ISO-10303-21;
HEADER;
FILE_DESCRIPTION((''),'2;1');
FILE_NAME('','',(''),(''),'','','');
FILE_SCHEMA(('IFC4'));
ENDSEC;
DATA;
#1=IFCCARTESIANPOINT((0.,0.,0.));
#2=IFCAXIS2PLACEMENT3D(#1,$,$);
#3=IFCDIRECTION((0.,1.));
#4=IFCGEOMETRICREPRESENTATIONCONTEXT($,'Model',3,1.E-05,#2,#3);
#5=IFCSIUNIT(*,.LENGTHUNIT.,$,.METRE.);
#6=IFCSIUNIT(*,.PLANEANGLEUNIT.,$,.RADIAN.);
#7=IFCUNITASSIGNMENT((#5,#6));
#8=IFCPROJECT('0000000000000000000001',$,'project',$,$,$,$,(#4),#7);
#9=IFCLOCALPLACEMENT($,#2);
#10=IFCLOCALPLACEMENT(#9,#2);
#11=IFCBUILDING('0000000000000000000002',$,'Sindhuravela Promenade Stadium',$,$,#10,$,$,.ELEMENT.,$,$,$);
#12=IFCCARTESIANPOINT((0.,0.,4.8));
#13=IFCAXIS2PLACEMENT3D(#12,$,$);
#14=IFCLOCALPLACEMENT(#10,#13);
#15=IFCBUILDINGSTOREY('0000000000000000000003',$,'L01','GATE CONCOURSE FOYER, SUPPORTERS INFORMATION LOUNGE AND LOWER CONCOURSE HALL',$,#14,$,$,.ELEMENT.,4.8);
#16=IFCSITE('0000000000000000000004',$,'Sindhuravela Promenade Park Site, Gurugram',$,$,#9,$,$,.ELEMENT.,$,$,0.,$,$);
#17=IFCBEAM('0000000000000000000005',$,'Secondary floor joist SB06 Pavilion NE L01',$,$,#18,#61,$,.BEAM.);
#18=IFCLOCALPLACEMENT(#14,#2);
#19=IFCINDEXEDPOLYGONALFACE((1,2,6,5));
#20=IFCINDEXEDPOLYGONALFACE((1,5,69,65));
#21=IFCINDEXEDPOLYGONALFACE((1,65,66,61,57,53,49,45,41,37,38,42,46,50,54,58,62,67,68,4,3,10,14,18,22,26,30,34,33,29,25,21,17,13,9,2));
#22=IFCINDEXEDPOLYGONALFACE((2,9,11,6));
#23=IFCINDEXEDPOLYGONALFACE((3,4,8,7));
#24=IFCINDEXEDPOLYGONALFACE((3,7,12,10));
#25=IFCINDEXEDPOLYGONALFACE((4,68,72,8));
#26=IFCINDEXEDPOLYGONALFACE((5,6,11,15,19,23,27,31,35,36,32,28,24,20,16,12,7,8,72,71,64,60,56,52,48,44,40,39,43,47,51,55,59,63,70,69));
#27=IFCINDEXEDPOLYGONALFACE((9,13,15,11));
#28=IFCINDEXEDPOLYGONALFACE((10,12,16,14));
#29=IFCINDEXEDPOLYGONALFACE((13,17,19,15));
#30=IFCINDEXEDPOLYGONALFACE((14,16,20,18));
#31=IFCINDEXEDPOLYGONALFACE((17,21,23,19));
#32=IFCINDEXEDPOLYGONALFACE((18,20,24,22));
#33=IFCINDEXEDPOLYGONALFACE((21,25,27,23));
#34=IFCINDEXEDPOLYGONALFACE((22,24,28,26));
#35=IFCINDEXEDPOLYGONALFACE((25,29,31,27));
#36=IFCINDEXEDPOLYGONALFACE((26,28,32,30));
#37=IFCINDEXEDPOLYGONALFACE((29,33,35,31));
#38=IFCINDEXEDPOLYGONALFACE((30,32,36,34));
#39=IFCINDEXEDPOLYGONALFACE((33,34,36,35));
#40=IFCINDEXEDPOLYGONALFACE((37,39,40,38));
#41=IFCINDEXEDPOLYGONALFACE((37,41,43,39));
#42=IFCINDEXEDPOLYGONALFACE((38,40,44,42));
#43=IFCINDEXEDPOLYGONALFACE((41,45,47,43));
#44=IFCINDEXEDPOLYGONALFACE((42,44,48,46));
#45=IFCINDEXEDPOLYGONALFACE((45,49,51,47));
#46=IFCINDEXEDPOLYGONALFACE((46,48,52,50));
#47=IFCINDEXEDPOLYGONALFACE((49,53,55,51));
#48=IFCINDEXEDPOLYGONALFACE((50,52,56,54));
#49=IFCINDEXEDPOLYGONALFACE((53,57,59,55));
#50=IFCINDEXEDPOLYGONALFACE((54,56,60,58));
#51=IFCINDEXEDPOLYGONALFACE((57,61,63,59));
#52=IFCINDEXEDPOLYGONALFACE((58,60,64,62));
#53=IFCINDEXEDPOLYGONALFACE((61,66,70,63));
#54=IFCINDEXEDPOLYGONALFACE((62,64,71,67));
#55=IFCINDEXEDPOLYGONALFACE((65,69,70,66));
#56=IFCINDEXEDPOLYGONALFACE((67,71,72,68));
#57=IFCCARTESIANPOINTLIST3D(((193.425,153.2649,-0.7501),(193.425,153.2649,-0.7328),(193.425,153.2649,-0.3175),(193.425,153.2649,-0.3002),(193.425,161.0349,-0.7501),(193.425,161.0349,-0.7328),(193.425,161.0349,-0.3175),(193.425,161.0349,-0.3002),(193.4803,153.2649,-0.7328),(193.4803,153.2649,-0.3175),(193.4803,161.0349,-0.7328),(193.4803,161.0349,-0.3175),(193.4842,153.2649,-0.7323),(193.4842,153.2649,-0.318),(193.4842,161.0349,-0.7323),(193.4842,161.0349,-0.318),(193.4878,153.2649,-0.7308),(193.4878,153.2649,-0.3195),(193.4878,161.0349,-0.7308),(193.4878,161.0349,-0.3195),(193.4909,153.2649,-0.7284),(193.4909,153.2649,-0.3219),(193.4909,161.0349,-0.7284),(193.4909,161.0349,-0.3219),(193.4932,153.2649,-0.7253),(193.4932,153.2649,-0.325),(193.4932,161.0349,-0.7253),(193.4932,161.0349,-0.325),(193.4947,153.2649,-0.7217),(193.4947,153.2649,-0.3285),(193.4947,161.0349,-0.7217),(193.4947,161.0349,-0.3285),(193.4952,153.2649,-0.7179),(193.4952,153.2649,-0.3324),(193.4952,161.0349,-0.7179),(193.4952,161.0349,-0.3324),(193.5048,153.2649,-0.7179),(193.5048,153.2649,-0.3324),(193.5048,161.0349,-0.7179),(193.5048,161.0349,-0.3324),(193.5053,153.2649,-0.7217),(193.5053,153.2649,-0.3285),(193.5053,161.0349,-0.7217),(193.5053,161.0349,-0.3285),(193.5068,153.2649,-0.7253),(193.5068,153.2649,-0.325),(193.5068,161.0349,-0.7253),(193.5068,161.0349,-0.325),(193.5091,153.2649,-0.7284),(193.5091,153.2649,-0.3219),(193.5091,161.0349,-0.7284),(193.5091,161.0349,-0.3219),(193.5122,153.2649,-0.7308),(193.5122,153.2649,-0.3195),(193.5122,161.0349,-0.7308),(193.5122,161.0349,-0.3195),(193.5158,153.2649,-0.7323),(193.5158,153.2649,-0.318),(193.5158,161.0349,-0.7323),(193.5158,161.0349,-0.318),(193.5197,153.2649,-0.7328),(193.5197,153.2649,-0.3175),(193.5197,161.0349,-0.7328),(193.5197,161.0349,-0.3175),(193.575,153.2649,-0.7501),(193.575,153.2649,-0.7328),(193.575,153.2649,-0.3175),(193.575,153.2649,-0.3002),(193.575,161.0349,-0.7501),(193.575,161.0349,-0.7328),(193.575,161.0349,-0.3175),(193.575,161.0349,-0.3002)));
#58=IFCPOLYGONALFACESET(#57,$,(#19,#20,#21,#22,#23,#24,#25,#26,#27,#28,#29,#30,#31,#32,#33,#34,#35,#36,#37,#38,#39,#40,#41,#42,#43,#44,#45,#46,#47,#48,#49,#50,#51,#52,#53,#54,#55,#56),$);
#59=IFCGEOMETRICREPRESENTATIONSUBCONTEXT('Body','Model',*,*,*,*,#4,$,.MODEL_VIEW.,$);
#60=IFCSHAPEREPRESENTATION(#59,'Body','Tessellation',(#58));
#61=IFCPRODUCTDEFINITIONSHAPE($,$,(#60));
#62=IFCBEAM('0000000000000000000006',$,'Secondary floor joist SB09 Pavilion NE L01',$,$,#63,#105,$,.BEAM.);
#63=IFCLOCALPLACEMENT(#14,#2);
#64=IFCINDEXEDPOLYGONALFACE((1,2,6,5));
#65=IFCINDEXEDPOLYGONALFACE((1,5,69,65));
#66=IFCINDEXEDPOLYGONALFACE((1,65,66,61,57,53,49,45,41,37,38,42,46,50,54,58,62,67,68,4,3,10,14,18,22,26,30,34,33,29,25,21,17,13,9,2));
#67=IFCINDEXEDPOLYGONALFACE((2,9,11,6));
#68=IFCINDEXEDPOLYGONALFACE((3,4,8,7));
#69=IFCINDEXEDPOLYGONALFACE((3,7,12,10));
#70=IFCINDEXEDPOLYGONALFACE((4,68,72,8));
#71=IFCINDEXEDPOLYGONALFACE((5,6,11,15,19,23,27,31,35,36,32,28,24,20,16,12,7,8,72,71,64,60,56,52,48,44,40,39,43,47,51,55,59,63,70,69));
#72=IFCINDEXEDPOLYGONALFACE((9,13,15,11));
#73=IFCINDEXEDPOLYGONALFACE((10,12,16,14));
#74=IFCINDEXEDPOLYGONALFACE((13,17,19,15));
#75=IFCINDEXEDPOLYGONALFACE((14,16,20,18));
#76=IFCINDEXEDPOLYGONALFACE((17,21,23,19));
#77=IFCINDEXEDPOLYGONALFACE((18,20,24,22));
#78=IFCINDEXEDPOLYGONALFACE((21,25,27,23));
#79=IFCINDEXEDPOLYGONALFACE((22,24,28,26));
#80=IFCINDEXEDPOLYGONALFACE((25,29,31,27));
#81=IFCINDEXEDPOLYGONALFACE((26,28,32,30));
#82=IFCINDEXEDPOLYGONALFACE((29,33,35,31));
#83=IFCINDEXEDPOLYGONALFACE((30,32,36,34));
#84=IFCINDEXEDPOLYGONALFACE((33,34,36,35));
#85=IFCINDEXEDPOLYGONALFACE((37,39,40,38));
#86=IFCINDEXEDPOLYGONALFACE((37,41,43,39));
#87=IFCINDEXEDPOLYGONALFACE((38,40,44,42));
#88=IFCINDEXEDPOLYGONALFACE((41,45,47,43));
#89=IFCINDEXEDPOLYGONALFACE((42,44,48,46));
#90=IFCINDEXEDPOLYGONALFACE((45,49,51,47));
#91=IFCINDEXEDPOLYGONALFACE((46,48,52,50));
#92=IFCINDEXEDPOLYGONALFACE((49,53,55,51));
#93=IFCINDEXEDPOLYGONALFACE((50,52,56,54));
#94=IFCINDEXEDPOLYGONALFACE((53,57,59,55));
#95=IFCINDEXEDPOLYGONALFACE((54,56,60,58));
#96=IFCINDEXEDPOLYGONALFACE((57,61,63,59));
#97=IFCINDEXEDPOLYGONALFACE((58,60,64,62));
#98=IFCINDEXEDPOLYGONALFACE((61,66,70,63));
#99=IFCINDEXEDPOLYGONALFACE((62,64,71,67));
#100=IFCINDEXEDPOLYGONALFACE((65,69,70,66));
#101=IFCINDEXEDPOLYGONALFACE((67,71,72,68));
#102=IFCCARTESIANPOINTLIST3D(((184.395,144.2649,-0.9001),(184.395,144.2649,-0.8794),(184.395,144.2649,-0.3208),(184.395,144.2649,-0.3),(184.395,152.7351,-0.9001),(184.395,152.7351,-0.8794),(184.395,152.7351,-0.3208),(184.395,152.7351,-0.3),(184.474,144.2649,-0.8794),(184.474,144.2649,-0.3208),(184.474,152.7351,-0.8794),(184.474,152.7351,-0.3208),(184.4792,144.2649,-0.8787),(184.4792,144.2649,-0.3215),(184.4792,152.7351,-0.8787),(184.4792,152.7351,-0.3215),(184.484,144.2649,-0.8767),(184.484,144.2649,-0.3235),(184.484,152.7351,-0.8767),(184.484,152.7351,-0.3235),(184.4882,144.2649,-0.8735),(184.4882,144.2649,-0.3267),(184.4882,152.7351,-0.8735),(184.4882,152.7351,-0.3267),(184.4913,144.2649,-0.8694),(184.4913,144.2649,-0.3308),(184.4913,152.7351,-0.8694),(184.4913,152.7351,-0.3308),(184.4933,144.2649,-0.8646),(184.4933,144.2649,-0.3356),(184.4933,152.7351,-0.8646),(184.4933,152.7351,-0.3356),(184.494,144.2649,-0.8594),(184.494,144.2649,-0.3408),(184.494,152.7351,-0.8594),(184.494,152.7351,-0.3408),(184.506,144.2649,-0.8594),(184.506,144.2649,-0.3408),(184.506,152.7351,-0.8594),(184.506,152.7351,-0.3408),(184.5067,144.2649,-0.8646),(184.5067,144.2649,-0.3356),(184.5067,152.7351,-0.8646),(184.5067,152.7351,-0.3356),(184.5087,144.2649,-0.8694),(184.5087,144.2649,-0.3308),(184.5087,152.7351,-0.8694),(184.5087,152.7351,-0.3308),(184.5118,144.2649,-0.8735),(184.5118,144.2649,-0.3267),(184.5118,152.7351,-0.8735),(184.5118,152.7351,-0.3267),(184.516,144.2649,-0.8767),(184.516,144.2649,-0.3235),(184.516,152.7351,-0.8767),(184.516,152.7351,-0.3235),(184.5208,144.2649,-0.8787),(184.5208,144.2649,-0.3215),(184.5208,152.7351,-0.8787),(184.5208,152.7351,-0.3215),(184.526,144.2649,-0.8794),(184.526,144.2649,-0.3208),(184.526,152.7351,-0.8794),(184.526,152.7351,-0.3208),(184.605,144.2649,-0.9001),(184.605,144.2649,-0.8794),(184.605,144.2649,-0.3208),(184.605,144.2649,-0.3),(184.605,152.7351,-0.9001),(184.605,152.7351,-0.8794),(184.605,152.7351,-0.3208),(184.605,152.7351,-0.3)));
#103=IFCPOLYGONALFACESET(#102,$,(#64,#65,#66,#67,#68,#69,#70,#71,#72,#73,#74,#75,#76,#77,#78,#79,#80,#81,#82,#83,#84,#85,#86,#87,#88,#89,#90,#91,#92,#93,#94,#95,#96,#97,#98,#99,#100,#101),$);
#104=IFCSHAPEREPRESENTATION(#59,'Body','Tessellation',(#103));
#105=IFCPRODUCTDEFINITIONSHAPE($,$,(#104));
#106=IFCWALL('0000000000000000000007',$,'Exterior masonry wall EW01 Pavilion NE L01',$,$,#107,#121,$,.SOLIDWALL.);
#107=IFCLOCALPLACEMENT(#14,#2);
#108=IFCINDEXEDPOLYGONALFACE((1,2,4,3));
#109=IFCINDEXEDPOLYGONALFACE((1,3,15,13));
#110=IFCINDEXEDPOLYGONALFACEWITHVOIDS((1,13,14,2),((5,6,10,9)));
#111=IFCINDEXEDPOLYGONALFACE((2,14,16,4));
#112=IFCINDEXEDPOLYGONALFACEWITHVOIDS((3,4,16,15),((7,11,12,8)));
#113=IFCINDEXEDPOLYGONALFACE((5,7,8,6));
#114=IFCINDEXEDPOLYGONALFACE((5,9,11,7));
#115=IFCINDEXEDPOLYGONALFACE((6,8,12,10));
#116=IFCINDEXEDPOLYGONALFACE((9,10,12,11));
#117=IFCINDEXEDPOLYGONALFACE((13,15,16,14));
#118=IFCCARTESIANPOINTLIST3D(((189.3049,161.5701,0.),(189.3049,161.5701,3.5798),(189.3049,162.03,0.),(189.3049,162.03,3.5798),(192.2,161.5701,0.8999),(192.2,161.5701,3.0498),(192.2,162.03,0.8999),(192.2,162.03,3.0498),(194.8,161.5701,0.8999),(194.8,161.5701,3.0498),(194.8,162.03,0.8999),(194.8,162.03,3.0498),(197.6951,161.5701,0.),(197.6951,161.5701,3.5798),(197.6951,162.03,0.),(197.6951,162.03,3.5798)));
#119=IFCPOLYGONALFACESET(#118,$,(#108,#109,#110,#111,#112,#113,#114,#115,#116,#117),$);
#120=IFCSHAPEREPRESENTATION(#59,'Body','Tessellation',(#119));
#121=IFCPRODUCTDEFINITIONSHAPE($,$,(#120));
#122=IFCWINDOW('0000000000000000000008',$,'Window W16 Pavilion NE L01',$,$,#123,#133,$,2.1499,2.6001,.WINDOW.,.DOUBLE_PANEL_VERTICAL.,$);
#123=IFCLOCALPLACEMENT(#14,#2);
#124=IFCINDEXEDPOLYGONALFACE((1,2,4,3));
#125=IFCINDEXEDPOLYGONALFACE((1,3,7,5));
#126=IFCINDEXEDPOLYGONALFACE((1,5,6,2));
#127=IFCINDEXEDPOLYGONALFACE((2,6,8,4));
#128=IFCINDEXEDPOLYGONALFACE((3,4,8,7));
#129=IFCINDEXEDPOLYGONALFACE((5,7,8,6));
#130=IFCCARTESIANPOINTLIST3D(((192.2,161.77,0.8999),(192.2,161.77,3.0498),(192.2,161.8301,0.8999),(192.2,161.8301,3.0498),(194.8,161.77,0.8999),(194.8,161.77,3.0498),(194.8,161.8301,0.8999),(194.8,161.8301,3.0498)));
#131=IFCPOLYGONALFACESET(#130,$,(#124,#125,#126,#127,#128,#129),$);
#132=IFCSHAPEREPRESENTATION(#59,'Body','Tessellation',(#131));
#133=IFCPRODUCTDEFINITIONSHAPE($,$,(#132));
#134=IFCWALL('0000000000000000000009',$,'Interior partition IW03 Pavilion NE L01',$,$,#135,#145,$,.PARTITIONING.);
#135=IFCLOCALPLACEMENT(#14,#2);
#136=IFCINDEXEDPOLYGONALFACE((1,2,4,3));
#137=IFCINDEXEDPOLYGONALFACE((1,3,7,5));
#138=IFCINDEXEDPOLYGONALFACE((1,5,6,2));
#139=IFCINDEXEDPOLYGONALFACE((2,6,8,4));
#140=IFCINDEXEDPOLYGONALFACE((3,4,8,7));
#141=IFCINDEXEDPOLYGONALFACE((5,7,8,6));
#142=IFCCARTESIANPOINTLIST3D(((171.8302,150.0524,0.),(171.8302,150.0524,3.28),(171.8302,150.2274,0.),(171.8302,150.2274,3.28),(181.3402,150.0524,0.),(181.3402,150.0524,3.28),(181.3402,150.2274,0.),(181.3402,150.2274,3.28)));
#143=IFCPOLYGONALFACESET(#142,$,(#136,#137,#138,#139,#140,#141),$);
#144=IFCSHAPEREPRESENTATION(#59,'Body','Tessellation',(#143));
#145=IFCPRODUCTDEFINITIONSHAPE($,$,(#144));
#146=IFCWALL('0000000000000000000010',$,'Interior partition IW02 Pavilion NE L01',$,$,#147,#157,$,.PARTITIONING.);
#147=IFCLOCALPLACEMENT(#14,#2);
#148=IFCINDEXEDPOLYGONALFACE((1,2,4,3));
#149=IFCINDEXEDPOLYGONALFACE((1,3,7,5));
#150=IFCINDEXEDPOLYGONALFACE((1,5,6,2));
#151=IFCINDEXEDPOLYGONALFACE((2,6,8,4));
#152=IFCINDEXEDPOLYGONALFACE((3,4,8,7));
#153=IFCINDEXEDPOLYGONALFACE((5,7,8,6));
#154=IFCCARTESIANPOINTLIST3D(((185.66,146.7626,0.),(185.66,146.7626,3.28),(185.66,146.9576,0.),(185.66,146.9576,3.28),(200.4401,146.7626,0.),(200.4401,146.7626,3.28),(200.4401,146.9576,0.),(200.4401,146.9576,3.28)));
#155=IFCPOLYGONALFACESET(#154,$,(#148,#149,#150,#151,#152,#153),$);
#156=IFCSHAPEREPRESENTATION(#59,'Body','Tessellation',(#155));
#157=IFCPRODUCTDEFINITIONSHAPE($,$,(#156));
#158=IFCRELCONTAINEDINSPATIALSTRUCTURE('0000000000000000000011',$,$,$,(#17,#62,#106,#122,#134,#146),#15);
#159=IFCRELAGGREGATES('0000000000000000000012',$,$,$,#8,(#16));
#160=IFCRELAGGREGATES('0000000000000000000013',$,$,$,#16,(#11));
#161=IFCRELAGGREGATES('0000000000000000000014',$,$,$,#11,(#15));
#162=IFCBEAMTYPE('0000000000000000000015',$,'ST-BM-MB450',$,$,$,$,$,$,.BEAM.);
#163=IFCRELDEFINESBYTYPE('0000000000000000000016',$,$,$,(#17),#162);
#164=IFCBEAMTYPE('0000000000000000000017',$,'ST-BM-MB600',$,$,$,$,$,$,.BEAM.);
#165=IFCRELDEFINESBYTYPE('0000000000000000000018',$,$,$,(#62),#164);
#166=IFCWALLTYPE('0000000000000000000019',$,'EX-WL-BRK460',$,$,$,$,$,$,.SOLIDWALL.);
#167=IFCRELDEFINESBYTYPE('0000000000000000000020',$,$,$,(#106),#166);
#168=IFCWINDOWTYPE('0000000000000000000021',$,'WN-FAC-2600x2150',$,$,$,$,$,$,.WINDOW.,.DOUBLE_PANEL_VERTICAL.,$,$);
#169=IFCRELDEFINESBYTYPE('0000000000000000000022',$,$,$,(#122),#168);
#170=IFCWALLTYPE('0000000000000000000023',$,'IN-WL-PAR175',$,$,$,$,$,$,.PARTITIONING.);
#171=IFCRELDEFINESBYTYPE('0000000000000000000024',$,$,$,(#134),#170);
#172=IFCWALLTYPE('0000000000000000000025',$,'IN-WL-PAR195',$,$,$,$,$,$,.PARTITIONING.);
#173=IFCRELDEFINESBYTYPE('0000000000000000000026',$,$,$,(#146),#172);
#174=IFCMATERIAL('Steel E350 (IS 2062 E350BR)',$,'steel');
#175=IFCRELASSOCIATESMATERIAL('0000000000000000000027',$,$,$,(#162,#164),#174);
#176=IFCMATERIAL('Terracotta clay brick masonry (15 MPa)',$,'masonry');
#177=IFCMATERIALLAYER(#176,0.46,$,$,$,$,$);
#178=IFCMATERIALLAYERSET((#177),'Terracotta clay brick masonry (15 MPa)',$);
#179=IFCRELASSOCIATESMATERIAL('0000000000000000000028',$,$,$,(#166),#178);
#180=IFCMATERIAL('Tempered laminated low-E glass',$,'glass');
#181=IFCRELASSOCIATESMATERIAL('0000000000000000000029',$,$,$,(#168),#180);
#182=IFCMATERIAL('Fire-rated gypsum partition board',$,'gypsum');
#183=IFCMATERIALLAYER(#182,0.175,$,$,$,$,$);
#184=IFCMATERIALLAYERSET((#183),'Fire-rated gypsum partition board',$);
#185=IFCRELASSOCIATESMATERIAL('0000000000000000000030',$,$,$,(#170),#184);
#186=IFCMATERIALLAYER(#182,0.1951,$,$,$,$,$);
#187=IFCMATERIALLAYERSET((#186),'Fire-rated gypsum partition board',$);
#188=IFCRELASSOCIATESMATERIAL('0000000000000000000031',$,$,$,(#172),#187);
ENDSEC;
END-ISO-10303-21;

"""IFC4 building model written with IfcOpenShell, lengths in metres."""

from ifc_helpers import new_model, si_unit, direction, frame, frame_2d, origin, origin_2d, place, context, subcontext, project, spatial, rectangle, i_section, extrude, material, layer, layer_set, material_profile, profile_set, type_object, element, fill, save


model = new_model("IFC4")

# Units and contexts
model_context = context("Model", 3, precision=1e-05, world=origin(), true_north=direction((0.0, 1.0)))
body_context = subcontext(model_context, "Body", "Model", "MODEL_VIEW")
ifc_project = project(units=[si_unit("LENGTHUNIT", "METRE"), si_unit("PLANEANGLEUNIT", "RADIAN")], contexts=[model_context])

# Site, building, storey
site_placement = place(None, origin())
site = spatial("IfcSite", under=ifc_project, at=site_placement, Name="Sindhuravela Promenade Park Site, Gurugram", CompositionType="ELEMENT", RefElevation=0.0)
building_placement = place(site_placement, origin())
building = spatial("IfcBuilding", under=site, at=building_placement, Name="Sindhuravela Promenade Stadium", CompositionType="ELEMENT")
storey_placement = place(building_placement, frame((0.0, 0.0, 4.8)))
storey = spatial("IfcBuildingStorey", under=building, at=storey_placement, Name="L01", Description="GATE CONCOURSE FOYER, SUPPORTERS INFORMATION LOUNGE AND LOWER CONCOURSE HALL", CompositionType="ELEMENT", Elevation=4.8)

# Beams
ifc_material_1 = material(Name="Steel E350 (IS 2062 E350BR)", Category="steel")
ifc_material_profile_1 = material_profile(ifc_material_1, i_section(OverallWidth=0.1499, OverallDepth=0.45, WebThickness=0.0095, FlangeThickness=0.0173, FilletRadius=0.0149, at=origin_2d()), Name="ISMB 450")
ifc_profile_set_1 = profile_set([ifc_material_profile_1], Name="Steel E350 (IS 2062 E350BR)")
beam_type_1 = type_object("IfcBeamType", Name="ST-BM-MB450", PredefinedType="BEAM", material=ifc_profile_set_1)
beam_1_placement = place(storey_placement, frame((193.5, 153.2649, -0.5251), z_axis=(0.0, 1.0, 0.0), x_axis=(-1.0, 0.0, 0.0)))
element("IfcBeam", 1, at=beam_1_placement, inside=storey, type_object=beam_type_1, Name="Secondary floor joist SB06 Pavilion NE L01", PredefinedType="BEAM", context=body_context, shape_type="SweptSolid", body=[
    extrude(i_section(OverallWidth=0.1499, OverallDepth=0.45, WebThickness=0.0095, FlangeThickness=0.0173, FilletRadius=0.0149, at=origin_2d()), origin(), (0.0, 0.0, 1.0), 7.77),
])
ifc_material_profile_2 = material_profile(ifc_material_1, i_section(OverallWidth=0.21, OverallDepth=0.6001, WebThickness=0.012, FlangeThickness=0.0208, FilletRadius=0.02, at=origin_2d()), Name="ISMB 600")
ifc_profile_set_2 = profile_set([ifc_material_profile_2], Name="Steel E350 (IS 2062 E350BR)")
beam_type_2 = type_object("IfcBeamType", Name="ST-BM-MB600", PredefinedType="BEAM", material=ifc_profile_set_2)
beam_2_placement = place(storey_placement, frame((184.5, 144.2649, -0.6001), z_axis=(0.0, 1.0, 0.0), x_axis=(-1.0, 0.0, 0.0)))
element("IfcBeam", 2, at=beam_2_placement, inside=storey, type_object=beam_type_2, Name="Secondary floor joist SB09 Pavilion NE L01", PredefinedType="BEAM", context=body_context, shape_type="SweptSolid", body=[
    extrude(i_section(OverallWidth=0.21, OverallDepth=0.6001, WebThickness=0.012, FlangeThickness=0.0208, FilletRadius=0.02, at=origin_2d()), origin(), (0.0, 0.0, 1.0), 8.4702),
])

# Wall, opening, window
ifc_material_2 = material(Name="Terracotta clay brick masonry (15 MPa)", Category="masonry")
ifc_layer_1 = layer(ifc_material_2, 0.46)
ifc_layer_set_1 = layer_set([ifc_layer_1], Name="Terracotta clay brick masonry (15 MPa)")
wall_type_1 = type_object("IfcWallType", Name="EX-WL-BRK460", PredefinedType="SOLIDWALL", material=ifc_layer_set_1)
wall_1_placement = place(storey_placement, frame((189.3049, 161.8, 0.0), z_axis=(0.0, 0.0, 1.0), x_axis=(1.0, 0.0, 0.0)))
wall_1 = element("IfcWall", 3, at=wall_1_placement, inside=storey, type_object=wall_type_1, Name="Exterior masonry wall EW01 Pavilion NE L01", PredefinedType="SOLIDWALL", context=body_context, shape_type="SweptSolid", body=[
    extrude(rectangle(XDim=8.3901, YDim=0.46, at=frame_2d((4.1951, 0.0))), origin(), (0.0, 0.0, 1.0), 3.5798),
])
opening_1_placement = place(wall_1_placement, frame((2.895, 0.0, 0.8999)))
opening_1 = element("IfcOpeningElement", 4, at=opening_1_placement, cuts=wall_1, PredefinedType="OPENING", context=body_context, shape_type="SweptSolid", body=[
    extrude(rectangle(XDim=2.6001, YDim=2.1499, at=frame_2d((1.3, 1.075))), frame((0.0, 0.24, 0.0), z_axis=(0.0, -1.0, 0.0), x_axis=(1.0, 0.0, 0.0)), (0.0, 0.0, 1.0), 0.48),
])
ifc_material_3 = material(Name="Tempered laminated low-E glass", Category="glass")
window_type = type_object("IfcWindowType", Name="WN-FAC-2600x2150", PartitioningType="DOUBLE_PANEL_VERTICAL", PredefinedType="WINDOW", material=ifc_material_3)
window_placement = place(opening_1_placement, origin())
window = element("IfcWindow", 5, at=window_placement, inside=storey, type_object=window_type, Name="Window W16 Pavilion NE L01", OverallHeight=2.1499, OverallWidth=2.6001, PartitioningType="DOUBLE_PANEL_VERTICAL", PredefinedType="WINDOW", context=body_context, shape_type="SweptSolid", body=[
    extrude(rectangle(XDim=2.6001, YDim=2.1499, at=frame_2d((1.3, 1.075))), frame((0.0, 0.03, 0.0), z_axis=(0.0, -1.0, 0.0), x_axis=(1.0, 0.0, 0.0)), (0.0, 0.0, 1.0), 0.0601),
])
fill(opening_1, window)

# Walls
ifc_material_4 = material(Name="Fire-rated gypsum partition board", Category="gypsum")
ifc_layer_2 = layer(ifc_material_4, 0.175)
ifc_layer_set_2 = layer_set([ifc_layer_2], Name="Fire-rated gypsum partition board")
wall_type_2 = type_object("IfcWallType", Name="IN-WL-PAR175", PredefinedType="PARTITIONING", material=ifc_layer_set_2)
wall_2_placement = place(storey_placement, frame((181.3401, 150.1399, 0.0), z_axis=(0.0, 0.0, 1.0), x_axis=(-1.0, 0.0, 0.0)))
element("IfcWall", 6, at=wall_2_placement, inside=storey, type_object=wall_type_2, Name="Interior partition IW03 Pavilion NE L01", PredefinedType="PARTITIONING", context=body_context, shape_type="SweptSolid", body=[
    extrude(rectangle(XDim=9.51, YDim=0.175, at=frame_2d((4.7549, 0.0))), origin(), (0.0, 0.0, 1.0), 3.28),
])
ifc_layer_3 = layer(ifc_material_4, 0.1951)
ifc_layer_set_3 = layer_set([ifc_layer_3], Name="Fire-rated gypsum partition board")
wall_type_3 = type_object("IfcWallType", Name="IN-WL-PAR195", PredefinedType="PARTITIONING", material=ifc_layer_set_3)
wall_3_placement = place(storey_placement, frame((185.6599, 146.8601, 0.0), z_axis=(0.0, 0.0, 1.0), x_axis=(1.0, 0.0, 0.0)))
element("IfcWall", 7, at=wall_3_placement, inside=storey, type_object=wall_type_3, Name="Interior partition IW02 Pavilion NE L01", PredefinedType="PARTITIONING", context=body_context, shape_type="SweptSolid", body=[
    extrude(rectangle(XDim=14.78, YDim=0.1951, at=frame_2d((7.3901, 0.0))), origin(), (0.0, 0.0, 1.0), 3.28),
])

save(model, "model.ifc")
